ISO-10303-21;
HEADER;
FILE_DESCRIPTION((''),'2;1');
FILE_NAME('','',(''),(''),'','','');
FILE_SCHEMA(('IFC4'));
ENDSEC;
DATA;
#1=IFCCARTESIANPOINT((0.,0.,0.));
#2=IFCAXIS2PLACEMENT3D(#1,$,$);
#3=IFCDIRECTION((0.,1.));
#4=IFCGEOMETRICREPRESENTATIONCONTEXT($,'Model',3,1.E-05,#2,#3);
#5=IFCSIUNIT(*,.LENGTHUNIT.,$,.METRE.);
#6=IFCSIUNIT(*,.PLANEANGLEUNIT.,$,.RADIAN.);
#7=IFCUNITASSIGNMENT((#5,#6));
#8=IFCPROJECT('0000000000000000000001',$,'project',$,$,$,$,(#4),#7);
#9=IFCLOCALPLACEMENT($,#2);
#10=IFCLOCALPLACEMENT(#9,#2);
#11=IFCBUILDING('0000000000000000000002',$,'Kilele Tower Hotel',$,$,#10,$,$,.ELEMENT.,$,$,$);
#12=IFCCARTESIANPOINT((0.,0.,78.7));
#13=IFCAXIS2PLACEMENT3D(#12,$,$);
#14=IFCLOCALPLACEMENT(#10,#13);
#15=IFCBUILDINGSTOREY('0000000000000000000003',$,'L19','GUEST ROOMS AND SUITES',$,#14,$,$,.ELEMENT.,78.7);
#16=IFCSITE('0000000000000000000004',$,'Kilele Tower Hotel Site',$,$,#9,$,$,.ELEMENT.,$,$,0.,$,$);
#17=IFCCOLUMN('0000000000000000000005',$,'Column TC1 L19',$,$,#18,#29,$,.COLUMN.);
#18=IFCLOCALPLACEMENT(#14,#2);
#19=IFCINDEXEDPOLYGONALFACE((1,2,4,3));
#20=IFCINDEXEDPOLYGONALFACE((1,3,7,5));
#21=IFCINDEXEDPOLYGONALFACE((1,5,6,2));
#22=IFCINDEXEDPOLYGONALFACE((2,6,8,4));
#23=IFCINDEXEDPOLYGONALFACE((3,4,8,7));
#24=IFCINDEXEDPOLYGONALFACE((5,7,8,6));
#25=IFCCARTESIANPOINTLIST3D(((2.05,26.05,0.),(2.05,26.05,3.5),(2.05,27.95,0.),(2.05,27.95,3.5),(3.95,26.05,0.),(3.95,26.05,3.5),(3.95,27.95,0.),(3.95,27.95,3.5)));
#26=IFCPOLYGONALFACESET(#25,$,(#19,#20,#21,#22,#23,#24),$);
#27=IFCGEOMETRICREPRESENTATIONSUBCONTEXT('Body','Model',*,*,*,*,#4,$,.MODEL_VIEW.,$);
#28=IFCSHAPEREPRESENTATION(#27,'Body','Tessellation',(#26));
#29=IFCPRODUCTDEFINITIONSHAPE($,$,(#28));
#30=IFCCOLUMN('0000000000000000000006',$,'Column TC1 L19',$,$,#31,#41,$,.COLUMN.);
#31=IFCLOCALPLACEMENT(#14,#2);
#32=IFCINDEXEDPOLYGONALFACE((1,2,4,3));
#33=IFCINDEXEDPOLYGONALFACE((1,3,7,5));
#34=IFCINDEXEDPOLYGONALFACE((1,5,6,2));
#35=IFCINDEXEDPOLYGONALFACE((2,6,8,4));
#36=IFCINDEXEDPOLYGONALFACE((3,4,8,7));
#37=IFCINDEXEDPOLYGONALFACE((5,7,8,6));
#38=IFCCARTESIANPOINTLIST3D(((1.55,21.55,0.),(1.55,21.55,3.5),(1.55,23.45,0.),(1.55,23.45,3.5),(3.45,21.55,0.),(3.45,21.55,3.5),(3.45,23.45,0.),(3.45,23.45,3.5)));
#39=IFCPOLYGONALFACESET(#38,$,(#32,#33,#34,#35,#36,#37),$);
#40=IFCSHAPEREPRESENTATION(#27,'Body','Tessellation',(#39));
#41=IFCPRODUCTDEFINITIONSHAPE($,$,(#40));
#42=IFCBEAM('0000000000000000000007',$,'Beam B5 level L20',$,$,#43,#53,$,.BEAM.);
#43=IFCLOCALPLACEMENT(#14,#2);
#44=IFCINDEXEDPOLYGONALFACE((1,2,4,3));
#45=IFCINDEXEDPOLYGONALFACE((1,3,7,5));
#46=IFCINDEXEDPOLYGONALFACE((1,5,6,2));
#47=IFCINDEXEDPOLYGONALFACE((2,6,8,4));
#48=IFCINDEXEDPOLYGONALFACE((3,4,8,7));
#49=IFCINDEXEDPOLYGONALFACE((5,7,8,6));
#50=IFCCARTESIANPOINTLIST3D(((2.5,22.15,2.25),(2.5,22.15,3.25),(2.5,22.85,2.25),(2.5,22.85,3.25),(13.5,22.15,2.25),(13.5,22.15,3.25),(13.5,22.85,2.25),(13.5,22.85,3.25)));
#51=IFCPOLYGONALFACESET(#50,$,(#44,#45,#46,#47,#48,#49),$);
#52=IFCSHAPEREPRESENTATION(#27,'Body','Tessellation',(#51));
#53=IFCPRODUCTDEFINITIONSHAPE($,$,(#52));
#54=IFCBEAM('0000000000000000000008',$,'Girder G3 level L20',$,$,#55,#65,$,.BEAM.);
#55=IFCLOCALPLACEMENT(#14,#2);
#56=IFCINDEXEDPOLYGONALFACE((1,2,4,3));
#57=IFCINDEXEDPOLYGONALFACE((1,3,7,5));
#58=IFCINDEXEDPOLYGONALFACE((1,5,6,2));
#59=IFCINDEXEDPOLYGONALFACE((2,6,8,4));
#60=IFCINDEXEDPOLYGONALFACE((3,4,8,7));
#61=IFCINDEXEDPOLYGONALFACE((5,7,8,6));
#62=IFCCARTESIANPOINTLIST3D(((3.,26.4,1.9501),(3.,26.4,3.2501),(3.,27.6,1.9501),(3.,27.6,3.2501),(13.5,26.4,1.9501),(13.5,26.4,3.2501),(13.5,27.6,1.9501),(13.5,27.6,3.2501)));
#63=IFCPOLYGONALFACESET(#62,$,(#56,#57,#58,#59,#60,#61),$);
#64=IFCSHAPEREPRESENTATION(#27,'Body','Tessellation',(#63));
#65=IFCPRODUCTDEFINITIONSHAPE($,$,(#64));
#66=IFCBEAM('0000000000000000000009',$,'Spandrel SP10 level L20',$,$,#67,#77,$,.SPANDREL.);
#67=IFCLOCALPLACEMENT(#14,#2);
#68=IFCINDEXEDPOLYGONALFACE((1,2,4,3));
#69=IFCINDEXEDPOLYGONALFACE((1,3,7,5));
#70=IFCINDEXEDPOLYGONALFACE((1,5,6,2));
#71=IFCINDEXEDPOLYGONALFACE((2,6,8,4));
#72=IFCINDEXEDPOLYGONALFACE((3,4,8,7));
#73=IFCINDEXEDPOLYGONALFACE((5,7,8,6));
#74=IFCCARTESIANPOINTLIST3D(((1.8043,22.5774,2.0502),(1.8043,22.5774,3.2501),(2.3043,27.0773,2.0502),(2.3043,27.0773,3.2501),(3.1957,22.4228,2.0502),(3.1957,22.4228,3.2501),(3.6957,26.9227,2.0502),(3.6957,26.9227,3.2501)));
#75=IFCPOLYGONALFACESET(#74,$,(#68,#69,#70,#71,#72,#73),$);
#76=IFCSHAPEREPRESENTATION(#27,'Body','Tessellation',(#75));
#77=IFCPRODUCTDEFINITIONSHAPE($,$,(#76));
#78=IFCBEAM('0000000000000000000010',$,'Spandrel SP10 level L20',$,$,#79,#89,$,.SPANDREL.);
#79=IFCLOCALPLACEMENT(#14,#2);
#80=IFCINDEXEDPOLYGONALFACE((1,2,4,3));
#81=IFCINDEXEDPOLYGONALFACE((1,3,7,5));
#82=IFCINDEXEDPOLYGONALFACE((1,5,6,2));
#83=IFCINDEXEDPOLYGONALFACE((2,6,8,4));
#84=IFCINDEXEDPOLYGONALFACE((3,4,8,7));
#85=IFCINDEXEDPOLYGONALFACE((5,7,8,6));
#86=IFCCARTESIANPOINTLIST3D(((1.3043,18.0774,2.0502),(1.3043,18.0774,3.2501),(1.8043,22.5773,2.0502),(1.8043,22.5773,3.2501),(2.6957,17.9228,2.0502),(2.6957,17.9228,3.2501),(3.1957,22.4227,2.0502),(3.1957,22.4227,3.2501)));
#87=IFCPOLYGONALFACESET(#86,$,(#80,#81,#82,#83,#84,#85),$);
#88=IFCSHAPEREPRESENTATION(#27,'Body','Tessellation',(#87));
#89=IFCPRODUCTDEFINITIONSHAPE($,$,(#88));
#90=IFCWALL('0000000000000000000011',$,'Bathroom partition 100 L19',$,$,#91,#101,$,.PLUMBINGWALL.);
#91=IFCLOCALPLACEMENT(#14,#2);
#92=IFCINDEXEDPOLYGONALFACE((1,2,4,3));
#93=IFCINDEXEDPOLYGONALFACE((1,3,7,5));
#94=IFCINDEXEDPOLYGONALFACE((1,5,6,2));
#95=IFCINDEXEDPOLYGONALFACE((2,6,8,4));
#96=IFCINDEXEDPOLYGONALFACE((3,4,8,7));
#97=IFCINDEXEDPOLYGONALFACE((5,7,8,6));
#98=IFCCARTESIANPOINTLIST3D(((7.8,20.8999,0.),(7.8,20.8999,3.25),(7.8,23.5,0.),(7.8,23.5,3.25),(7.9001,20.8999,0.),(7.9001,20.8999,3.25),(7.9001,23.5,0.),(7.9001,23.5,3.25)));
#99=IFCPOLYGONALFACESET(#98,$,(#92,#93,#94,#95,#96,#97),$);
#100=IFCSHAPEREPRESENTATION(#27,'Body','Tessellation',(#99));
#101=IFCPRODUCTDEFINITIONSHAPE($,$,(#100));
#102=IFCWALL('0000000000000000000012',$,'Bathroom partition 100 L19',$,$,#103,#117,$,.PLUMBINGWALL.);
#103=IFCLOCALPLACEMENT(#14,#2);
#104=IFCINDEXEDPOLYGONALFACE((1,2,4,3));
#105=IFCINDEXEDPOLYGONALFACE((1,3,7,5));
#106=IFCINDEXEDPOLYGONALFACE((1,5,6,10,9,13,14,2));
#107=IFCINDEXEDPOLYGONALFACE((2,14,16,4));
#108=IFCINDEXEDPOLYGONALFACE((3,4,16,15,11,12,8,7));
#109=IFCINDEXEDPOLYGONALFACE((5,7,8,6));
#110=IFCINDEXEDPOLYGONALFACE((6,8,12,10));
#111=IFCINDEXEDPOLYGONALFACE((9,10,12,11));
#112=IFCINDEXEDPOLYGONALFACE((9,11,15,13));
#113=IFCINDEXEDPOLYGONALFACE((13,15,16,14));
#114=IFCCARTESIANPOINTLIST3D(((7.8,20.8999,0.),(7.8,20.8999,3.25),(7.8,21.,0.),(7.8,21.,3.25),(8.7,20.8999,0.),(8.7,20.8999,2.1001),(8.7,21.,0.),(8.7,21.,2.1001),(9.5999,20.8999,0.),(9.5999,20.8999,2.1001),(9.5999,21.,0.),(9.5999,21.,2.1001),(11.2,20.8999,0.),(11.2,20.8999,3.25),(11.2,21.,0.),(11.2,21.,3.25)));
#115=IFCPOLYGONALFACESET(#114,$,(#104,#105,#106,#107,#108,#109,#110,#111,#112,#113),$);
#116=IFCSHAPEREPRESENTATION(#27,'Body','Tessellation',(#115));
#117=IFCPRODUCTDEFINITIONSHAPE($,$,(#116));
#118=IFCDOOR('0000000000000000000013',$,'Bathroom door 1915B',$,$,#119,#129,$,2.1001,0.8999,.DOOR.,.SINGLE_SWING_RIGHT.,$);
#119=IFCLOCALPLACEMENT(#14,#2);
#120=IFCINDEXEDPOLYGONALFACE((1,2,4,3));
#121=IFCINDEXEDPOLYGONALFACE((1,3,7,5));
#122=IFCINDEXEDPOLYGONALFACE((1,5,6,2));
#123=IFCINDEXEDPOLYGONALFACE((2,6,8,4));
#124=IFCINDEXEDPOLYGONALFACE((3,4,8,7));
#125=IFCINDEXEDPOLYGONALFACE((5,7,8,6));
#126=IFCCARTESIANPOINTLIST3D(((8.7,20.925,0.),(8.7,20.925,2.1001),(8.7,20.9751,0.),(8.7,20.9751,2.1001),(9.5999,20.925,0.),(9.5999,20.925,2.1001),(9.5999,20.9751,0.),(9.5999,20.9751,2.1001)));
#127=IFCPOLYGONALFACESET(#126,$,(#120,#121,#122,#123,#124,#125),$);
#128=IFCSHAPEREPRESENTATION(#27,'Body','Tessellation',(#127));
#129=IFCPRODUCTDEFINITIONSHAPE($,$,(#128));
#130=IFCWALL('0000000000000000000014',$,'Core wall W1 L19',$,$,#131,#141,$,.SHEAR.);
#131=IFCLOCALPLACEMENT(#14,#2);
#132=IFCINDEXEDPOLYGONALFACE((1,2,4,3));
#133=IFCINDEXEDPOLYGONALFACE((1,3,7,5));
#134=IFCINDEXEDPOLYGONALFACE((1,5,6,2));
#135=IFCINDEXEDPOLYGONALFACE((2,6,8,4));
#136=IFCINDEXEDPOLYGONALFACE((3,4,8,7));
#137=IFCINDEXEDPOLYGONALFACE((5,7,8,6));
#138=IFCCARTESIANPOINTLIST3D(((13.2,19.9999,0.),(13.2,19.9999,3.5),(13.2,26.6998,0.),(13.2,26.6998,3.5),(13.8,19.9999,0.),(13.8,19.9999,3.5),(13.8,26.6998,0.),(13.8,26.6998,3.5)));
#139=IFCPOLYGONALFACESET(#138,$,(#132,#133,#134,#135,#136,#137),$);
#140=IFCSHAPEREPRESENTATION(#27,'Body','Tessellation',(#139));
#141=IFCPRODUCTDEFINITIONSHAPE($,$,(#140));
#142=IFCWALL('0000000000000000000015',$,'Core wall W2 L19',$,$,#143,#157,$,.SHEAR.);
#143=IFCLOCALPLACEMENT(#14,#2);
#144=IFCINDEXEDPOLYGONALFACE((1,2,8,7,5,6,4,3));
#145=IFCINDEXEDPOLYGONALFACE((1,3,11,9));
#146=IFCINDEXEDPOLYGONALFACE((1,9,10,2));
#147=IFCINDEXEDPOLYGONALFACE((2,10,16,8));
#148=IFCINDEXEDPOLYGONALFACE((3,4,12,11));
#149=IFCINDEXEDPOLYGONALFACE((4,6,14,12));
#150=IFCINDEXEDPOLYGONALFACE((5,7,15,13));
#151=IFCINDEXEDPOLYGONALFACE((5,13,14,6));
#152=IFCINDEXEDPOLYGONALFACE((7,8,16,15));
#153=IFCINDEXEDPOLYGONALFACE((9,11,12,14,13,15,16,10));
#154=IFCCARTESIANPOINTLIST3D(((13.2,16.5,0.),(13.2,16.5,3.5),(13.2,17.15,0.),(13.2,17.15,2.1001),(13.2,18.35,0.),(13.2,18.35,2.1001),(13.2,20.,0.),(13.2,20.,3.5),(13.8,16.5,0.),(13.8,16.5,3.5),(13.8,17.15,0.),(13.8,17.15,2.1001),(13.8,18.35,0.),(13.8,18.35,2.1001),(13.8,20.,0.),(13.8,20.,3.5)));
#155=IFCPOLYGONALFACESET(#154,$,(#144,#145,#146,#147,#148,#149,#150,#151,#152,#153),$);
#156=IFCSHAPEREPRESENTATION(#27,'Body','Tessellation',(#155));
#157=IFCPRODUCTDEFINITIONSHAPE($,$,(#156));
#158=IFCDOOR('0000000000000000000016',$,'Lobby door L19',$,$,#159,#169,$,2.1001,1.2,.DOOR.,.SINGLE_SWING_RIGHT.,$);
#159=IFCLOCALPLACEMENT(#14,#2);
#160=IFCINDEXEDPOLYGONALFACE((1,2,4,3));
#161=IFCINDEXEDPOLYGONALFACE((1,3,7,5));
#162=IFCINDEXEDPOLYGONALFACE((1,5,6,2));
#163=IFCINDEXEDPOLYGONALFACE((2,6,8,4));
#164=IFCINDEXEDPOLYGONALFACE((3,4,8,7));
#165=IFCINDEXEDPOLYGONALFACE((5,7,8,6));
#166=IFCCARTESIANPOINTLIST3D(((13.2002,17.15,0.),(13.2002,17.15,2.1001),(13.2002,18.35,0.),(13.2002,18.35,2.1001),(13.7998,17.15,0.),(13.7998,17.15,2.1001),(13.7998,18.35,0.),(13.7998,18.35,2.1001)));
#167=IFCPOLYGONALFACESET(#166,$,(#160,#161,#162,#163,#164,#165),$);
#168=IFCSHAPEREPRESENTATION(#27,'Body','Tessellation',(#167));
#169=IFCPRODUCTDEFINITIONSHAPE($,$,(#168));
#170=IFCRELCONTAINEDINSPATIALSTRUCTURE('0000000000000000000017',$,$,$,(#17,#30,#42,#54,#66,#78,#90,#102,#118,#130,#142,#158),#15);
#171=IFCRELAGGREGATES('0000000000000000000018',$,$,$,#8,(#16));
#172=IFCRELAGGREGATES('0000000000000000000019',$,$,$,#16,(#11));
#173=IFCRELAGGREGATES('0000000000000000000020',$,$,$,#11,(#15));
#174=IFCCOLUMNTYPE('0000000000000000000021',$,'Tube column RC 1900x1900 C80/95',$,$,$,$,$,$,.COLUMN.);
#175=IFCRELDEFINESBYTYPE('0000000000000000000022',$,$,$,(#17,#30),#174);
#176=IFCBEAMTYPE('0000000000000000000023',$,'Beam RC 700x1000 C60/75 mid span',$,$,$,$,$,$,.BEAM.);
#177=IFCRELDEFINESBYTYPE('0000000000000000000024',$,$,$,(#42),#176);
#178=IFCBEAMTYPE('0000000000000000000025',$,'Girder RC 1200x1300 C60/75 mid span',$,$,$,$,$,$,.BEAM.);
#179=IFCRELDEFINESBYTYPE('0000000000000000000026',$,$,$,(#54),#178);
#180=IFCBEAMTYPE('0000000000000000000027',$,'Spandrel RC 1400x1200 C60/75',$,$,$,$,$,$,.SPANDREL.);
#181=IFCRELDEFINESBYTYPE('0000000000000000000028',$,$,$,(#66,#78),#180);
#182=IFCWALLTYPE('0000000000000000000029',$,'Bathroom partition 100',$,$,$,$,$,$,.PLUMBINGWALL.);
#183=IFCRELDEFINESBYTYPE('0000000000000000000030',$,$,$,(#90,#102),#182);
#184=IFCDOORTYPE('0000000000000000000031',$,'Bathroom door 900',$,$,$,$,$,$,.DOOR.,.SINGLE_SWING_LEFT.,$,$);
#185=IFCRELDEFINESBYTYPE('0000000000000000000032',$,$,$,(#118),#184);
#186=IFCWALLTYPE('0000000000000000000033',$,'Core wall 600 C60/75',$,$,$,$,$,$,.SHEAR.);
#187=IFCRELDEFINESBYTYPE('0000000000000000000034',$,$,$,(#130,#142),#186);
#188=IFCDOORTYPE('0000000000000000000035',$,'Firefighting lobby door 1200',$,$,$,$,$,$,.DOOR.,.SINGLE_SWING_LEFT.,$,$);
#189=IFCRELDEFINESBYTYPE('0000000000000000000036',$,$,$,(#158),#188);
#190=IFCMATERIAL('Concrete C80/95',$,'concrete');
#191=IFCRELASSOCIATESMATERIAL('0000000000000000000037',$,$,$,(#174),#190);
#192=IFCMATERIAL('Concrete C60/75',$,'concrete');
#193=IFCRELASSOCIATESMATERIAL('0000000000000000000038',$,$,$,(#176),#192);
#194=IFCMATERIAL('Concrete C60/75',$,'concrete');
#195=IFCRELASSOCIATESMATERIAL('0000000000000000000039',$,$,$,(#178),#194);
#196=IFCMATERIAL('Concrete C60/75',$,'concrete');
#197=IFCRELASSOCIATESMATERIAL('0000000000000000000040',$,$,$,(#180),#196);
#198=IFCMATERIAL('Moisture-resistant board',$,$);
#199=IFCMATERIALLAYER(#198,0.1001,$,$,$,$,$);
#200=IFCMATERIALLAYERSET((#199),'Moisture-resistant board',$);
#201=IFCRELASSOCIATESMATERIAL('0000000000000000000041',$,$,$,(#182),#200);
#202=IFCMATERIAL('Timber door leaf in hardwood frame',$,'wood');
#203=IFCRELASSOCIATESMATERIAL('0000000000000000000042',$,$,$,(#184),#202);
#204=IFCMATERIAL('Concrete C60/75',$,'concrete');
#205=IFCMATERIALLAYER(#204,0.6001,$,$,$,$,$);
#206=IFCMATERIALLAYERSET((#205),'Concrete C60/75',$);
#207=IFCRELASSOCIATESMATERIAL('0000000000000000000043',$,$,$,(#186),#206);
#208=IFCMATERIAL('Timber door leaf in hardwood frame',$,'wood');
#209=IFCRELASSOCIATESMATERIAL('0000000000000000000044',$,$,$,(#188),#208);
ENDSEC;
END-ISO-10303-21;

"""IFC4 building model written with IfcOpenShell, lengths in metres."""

from ifc_helpers import new_model, si_unit, direction, frame, frame_2d, origin, origin_2d, place, context, subcontext, project, spatial, rectangle, extrude, material, layer, layer_set, material_profile, profile_set, type_object, element, fill, save


model = new_model("IFC4")

# Units and contexts
model_context = context("Model", 3, precision=1e-05, world=origin(), true_north=direction((0.0, 1.0)))
body_context = subcontext(model_context, "Body", "Model", "MODEL_VIEW")
ifc_project = project(units=[si_unit("LENGTHUNIT", "METRE"), si_unit("PLANEANGLEUNIT", "RADIAN")], contexts=[model_context])

# Site, building, storey
site_placement = place(None, origin())
site = spatial("IfcSite", under=ifc_project, at=site_placement, Name="Kilele Tower Hotel Site", CompositionType="ELEMENT", RefElevation=0.0)
building_placement = place(site_placement, origin())
building = spatial("IfcBuilding", under=site, at=building_placement, Name="Kilele Tower Hotel", CompositionType="ELEMENT")
storey_placement = place(building_placement, frame((0.0, 0.0, 78.7)))
storey = spatial("IfcBuildingStorey", under=building, at=storey_placement, Name="L19", Description="GUEST ROOMS AND SUITES", CompositionType="ELEMENT", Elevation=78.7)

# Columns
ifc_material_1 = material(Name="Concrete C80/95", Category="concrete")
ifc_material_profile_1 = material_profile(ifc_material_1, rectangle(XDim=1.8999, YDim=1.8999, at=origin_2d()))
ifc_profile_set_1 = profile_set([ifc_material_profile_1], Name="Concrete C80/95")
column_type = type_object("IfcColumnType", Name="Tube column RC 1900x1900 C80/95", PredefinedType="COLUMN", material=ifc_profile_set_1)
for number, where, z_axis, x_axis, name in (
    (1, (3.0, 27.0, 0.0), (0.0, 0.0, 1.0), (1.0, 0.0, 0.0), "Column TC1 L19"),
    (2, (2.5, 22.5, 0.0), (0.0, 0.0, 1.0), (1.0, 0.0, 0.0), "Column TC1 L19"),
):
    element("IfcColumn", number, at=place(storey_placement, frame(where, z_axis=z_axis, x_axis=x_axis)), inside=storey, type_object=column_type, Name=name, PredefinedType="COLUMN", context=body_context, shape_type="SweptSolid", body=[
        extrude(rectangle(XDim=1.8999, YDim=1.8999, at=origin_2d()), origin(), (0.0, 0.0, 1.0), 3.5),
    ])

# Beams
ifc_material_2 = material(Name="Concrete C60/75", Category="concrete")
ifc_material_profile_2 = material_profile(ifc_material_2, rectangle(XDim=0.7, YDim=1.0, at=origin_2d()))
ifc_profile_set_2 = profile_set([ifc_material_profile_2], Name="Concrete C60/75")
beam_type_1 = type_object("IfcBeamType", Name="Beam RC 700x1000 C60/75 mid span", PredefinedType="BEAM", material=ifc_profile_set_2)
beam_1_placement = place(storey_placement, frame((2.5, 22.5, 2.75), z_axis=(1.0, 0.0, 0.0), x_axis=(0.0, 1.0, 0.0)))
element("IfcBeam", 3, at=beam_1_placement, inside=storey, type_object=beam_type_1, Name="Beam B5 level L20", PredefinedType="BEAM", context=body_context, shape_type="SweptSolid", body=[
    extrude(rectangle(XDim=0.7, YDim=1.0, at=origin_2d()), origin(), (0.0, 0.0, 1.0), 11.0),
])
ifc_material_3 = material(Name="Concrete C60/75", Category="concrete")
ifc_material_profile_3 = material_profile(ifc_material_3, rectangle(XDim=1.2, YDim=1.3, at=origin_2d()))
ifc_profile_set_3 = profile_set([ifc_material_profile_3], Name="Concrete C60/75")
beam_type_2 = type_object("IfcBeamType", Name="Girder RC 1200x1300 C60/75 mid span", PredefinedType="BEAM", material=ifc_profile_set_3)
beam_2_placement = place(storey_placement, frame((3.0, 27.0, 2.6001), z_axis=(1.0, 0.0, 0.0), x_axis=(0.0, 1.0, 0.0)))
element("IfcBeam", 4, at=beam_2_placement, inside=storey, type_object=beam_type_2, Name="Girder G3 level L20", PredefinedType="BEAM", context=body_context, shape_type="SweptSolid", body=[
    extrude(rectangle(XDim=1.2, YDim=1.3, at=origin_2d()), origin(), (0.0, 0.0, 1.0), 10.5),
])
ifc_material_4 = material(Name="Concrete C60/75", Category="concrete")
ifc_material_profile_4 = material_profile(ifc_material_4, rectangle(XDim=1.3999, YDim=1.2, at=origin_2d()))
ifc_profile_set_4 = profile_set([ifc_material_profile_4], Name="Concrete C60/75")
beam_type_3 = type_object("IfcBeamType", Name="Spandrel RC 1400x1200 C60/75", PredefinedType="SPANDREL", material=ifc_profile_set_4)
for number, where, z_axis, x_axis, name in (
    (5, (3.0, 27.0, 2.6501), (-0.110432, -0.993884, 0.0), (0.993884, -0.110432, 0.0), "Spandrel SP10 level L20"),
    (6, (2.5, 22.5, 2.6501), (-0.110432, -0.993884, 0.0), (0.993884, -0.110432, 0.0), "Spandrel SP10 level L20"),
):
    element("IfcBeam", number, at=place(storey_placement, frame(where, z_axis=z_axis, x_axis=x_axis)), inside=storey, type_object=beam_type_3, Name=name, PredefinedType="SPANDREL", context=body_context, shape_type="SweptSolid", body=[
        extrude(rectangle(XDim=1.3999, YDim=1.2, at=origin_2d()), origin(), (0.0, 0.0, 1.0), 4.5276),
    ])

# Wall
ifc_material_5 = material(Name="Moisture-resistant board")
ifc_layer_1 = layer(ifc_material_5, 0.1001)
ifc_layer_set_1 = layer_set([ifc_layer_1], Name="Moisture-resistant board")
wall_type_1 = type_object("IfcWallType", Name="Bathroom partition 100", PredefinedType="PLUMBINGWALL", material=ifc_layer_set_1)
wall_1_placement = place(storey_placement, frame((7.8501, 20.8999, 0.0), z_axis=(0.0, 0.0, 1.0), x_axis=(0.0, 1.0, 0.0)))
element("IfcWall", 7, at=wall_1_placement, inside=storey, type_object=wall_type_1, Name="Bathroom partition 100 L19", PredefinedType="PLUMBINGWALL", context=body_context, shape_type="SweptSolid", body=[
    extrude(rectangle(XDim=2.6001, YDim=0.1001, at=frame_2d((1.3, 0.0))), origin(), (0.0, 0.0, 1.0), 3.25),
])

# Wall, opening, door
wall_2_placement = place(storey_placement, frame((11.2, 20.95, 0.0), z_axis=(0.0, 0.0, 1.0), x_axis=(-1.0, 0.0, 0.0)))
wall_2 = element("IfcWall", 8, at=wall_2_placement, inside=storey, type_object=wall_type_1, Name="Bathroom partition 100 L19", PredefinedType="PLUMBINGWALL", context=body_context, shape_type="SweptSolid", body=[
    extrude(rectangle(XDim=3.3999, YDim=0.1001, at=frame_2d((1.7, 0.0))), origin(), (0.0, 0.0, 1.0), 3.25),
])
opening_1_placement = place(wall_2_placement, frame((1.6001, 0.0, 0.0)))
opening_1 = element("IfcOpeningElement", 9, at=opening_1_placement, cuts=wall_2, PredefinedType="OPENING", context=body_context, shape_type="SweptSolid", body=[
    extrude(rectangle(XDim=0.8999, YDim=2.1001, at=frame_2d((0.45, 1.05))), frame((0.0, 0.0601, 0.0), z_axis=(0.0, -1.0, 0.0), x_axis=(1.0, 0.0, 0.0)), (0.0, 0.0, 1.0), 0.1201),
])
ifc_material_6 = material(Name="Timber door leaf in hardwood frame", Category="wood")
door_type_1 = type_object("IfcDoorType", Name="Bathroom door 900", OperationType="SINGLE_SWING_LEFT", PredefinedType="DOOR", material=ifc_material_6)
door_1_placement = place(opening_1_placement, origin())
door_1 = element("IfcDoor", 10, at=door_1_placement, inside=storey, type_object=door_type_1, Name="Bathroom door 1915B", OperationType="SINGLE_SWING_RIGHT", OverallHeight=2.1001, OverallWidth=0.8999, PredefinedType="DOOR", context=body_context, shape_type="SweptSolid", body=[
    extrude(rectangle(XDim=0.8999, YDim=2.1001, at=frame_2d((0.45, 1.05))), frame((0.0, 0.0249, 0.0), z_axis=(0.0, -1.0, 0.0), x_axis=(1.0, 0.0, 0.0)), (0.0, 0.0, 1.0), 0.05),
])
fill(opening_1, door_1)

# Wall
ifc_material_7 = material(Name="Concrete C60/75", Category="concrete")
ifc_layer_2 = layer(ifc_material_7, 0.6001)
ifc_layer_set_2 = layer_set([ifc_layer_2], Name="Concrete C60/75")
wall_type_2 = type_object("IfcWallType", Name="Core wall 600 C60/75", PredefinedType="SHEAR", material=ifc_layer_set_2)
wall_3_placement = place(storey_placement, frame((13.5, 26.7, 0.0), z_axis=(0.0, 0.0, 1.0), x_axis=(0.0, -1.0, 0.0)))
element("IfcWall", 11, at=wall_3_placement, inside=storey, type_object=wall_type_2, Name="Core wall W1 L19", PredefinedType="SHEAR", context=body_context, shape_type="SweptSolid", body=[
    extrude(rectangle(XDim=6.7, YDim=0.6001, at=frame_2d((3.3501, 0.0))), origin(), (0.0, 0.0, 1.0), 3.5),
])

# Wall, opening, door
wall_4_placement = place(storey_placement, frame((13.5, 20.0, 0.0), z_axis=(0.0, 0.0, 1.0), x_axis=(0.0, -1.0, 0.0)))
wall_4 = element("IfcWall", 12, at=wall_4_placement, inside=storey, type_object=wall_type_2, Name="Core wall W2 L19", PredefinedType="SHEAR", context=body_context, shape_type="SweptSolid", body=[
    extrude(rectangle(XDim=3.5, YDim=0.6001, at=frame_2d((1.75, 0.0))), origin(), (0.0, 0.0, 1.0), 3.5),
])
opening_2_placement = place(wall_4_placement, frame((1.6499, 0.0, 0.0)))
opening_2 = element("IfcOpeningElement", 13, at=opening_2_placement, cuts=wall_4, PredefinedType="OPENING", context=body_context, shape_type="SweptSolid", body=[
    extrude(rectangle(XDim=1.2, YDim=2.1001, at=frame_2d((0.6001, 1.05))), frame((0.0, 0.3101, 0.0), z_axis=(0.0, -1.0, 0.0), x_axis=(1.0, 0.0, 0.0)), (0.0, 0.0, 1.0), 0.6201),
])
ifc_material_8 = material(Name="Timber door leaf in hardwood frame", Category="wood")
door_type_2 = type_object("IfcDoorType", Name="Firefighting lobby door 1200", OperationType="SINGLE_SWING_LEFT", PredefinedType="DOOR", material=ifc_material_8)
door_2_placement = place(opening_2_placement, origin())
door_2 = element("IfcDoor", 14, at=door_2_placement, inside=storey, type_object=door_type_2, Name="Lobby door L19", OperationType="SINGLE_SWING_RIGHT", OverallHeight=2.1001, OverallWidth=1.2, PredefinedType="DOOR", context=body_context, shape_type="SweptSolid", body=[
    extrude(rectangle(XDim=1.2, YDim=2.1001, at=frame_2d((0.6001, 1.05))), frame((0.0, 0.2998, 0.0), z_axis=(0.0, -1.0, 0.0), x_axis=(1.0, 0.0, 0.0)), (0.0, 0.0, 1.0), 0.5996),
])
fill(opening_2, door_2)

save(model, "model.ifc")
